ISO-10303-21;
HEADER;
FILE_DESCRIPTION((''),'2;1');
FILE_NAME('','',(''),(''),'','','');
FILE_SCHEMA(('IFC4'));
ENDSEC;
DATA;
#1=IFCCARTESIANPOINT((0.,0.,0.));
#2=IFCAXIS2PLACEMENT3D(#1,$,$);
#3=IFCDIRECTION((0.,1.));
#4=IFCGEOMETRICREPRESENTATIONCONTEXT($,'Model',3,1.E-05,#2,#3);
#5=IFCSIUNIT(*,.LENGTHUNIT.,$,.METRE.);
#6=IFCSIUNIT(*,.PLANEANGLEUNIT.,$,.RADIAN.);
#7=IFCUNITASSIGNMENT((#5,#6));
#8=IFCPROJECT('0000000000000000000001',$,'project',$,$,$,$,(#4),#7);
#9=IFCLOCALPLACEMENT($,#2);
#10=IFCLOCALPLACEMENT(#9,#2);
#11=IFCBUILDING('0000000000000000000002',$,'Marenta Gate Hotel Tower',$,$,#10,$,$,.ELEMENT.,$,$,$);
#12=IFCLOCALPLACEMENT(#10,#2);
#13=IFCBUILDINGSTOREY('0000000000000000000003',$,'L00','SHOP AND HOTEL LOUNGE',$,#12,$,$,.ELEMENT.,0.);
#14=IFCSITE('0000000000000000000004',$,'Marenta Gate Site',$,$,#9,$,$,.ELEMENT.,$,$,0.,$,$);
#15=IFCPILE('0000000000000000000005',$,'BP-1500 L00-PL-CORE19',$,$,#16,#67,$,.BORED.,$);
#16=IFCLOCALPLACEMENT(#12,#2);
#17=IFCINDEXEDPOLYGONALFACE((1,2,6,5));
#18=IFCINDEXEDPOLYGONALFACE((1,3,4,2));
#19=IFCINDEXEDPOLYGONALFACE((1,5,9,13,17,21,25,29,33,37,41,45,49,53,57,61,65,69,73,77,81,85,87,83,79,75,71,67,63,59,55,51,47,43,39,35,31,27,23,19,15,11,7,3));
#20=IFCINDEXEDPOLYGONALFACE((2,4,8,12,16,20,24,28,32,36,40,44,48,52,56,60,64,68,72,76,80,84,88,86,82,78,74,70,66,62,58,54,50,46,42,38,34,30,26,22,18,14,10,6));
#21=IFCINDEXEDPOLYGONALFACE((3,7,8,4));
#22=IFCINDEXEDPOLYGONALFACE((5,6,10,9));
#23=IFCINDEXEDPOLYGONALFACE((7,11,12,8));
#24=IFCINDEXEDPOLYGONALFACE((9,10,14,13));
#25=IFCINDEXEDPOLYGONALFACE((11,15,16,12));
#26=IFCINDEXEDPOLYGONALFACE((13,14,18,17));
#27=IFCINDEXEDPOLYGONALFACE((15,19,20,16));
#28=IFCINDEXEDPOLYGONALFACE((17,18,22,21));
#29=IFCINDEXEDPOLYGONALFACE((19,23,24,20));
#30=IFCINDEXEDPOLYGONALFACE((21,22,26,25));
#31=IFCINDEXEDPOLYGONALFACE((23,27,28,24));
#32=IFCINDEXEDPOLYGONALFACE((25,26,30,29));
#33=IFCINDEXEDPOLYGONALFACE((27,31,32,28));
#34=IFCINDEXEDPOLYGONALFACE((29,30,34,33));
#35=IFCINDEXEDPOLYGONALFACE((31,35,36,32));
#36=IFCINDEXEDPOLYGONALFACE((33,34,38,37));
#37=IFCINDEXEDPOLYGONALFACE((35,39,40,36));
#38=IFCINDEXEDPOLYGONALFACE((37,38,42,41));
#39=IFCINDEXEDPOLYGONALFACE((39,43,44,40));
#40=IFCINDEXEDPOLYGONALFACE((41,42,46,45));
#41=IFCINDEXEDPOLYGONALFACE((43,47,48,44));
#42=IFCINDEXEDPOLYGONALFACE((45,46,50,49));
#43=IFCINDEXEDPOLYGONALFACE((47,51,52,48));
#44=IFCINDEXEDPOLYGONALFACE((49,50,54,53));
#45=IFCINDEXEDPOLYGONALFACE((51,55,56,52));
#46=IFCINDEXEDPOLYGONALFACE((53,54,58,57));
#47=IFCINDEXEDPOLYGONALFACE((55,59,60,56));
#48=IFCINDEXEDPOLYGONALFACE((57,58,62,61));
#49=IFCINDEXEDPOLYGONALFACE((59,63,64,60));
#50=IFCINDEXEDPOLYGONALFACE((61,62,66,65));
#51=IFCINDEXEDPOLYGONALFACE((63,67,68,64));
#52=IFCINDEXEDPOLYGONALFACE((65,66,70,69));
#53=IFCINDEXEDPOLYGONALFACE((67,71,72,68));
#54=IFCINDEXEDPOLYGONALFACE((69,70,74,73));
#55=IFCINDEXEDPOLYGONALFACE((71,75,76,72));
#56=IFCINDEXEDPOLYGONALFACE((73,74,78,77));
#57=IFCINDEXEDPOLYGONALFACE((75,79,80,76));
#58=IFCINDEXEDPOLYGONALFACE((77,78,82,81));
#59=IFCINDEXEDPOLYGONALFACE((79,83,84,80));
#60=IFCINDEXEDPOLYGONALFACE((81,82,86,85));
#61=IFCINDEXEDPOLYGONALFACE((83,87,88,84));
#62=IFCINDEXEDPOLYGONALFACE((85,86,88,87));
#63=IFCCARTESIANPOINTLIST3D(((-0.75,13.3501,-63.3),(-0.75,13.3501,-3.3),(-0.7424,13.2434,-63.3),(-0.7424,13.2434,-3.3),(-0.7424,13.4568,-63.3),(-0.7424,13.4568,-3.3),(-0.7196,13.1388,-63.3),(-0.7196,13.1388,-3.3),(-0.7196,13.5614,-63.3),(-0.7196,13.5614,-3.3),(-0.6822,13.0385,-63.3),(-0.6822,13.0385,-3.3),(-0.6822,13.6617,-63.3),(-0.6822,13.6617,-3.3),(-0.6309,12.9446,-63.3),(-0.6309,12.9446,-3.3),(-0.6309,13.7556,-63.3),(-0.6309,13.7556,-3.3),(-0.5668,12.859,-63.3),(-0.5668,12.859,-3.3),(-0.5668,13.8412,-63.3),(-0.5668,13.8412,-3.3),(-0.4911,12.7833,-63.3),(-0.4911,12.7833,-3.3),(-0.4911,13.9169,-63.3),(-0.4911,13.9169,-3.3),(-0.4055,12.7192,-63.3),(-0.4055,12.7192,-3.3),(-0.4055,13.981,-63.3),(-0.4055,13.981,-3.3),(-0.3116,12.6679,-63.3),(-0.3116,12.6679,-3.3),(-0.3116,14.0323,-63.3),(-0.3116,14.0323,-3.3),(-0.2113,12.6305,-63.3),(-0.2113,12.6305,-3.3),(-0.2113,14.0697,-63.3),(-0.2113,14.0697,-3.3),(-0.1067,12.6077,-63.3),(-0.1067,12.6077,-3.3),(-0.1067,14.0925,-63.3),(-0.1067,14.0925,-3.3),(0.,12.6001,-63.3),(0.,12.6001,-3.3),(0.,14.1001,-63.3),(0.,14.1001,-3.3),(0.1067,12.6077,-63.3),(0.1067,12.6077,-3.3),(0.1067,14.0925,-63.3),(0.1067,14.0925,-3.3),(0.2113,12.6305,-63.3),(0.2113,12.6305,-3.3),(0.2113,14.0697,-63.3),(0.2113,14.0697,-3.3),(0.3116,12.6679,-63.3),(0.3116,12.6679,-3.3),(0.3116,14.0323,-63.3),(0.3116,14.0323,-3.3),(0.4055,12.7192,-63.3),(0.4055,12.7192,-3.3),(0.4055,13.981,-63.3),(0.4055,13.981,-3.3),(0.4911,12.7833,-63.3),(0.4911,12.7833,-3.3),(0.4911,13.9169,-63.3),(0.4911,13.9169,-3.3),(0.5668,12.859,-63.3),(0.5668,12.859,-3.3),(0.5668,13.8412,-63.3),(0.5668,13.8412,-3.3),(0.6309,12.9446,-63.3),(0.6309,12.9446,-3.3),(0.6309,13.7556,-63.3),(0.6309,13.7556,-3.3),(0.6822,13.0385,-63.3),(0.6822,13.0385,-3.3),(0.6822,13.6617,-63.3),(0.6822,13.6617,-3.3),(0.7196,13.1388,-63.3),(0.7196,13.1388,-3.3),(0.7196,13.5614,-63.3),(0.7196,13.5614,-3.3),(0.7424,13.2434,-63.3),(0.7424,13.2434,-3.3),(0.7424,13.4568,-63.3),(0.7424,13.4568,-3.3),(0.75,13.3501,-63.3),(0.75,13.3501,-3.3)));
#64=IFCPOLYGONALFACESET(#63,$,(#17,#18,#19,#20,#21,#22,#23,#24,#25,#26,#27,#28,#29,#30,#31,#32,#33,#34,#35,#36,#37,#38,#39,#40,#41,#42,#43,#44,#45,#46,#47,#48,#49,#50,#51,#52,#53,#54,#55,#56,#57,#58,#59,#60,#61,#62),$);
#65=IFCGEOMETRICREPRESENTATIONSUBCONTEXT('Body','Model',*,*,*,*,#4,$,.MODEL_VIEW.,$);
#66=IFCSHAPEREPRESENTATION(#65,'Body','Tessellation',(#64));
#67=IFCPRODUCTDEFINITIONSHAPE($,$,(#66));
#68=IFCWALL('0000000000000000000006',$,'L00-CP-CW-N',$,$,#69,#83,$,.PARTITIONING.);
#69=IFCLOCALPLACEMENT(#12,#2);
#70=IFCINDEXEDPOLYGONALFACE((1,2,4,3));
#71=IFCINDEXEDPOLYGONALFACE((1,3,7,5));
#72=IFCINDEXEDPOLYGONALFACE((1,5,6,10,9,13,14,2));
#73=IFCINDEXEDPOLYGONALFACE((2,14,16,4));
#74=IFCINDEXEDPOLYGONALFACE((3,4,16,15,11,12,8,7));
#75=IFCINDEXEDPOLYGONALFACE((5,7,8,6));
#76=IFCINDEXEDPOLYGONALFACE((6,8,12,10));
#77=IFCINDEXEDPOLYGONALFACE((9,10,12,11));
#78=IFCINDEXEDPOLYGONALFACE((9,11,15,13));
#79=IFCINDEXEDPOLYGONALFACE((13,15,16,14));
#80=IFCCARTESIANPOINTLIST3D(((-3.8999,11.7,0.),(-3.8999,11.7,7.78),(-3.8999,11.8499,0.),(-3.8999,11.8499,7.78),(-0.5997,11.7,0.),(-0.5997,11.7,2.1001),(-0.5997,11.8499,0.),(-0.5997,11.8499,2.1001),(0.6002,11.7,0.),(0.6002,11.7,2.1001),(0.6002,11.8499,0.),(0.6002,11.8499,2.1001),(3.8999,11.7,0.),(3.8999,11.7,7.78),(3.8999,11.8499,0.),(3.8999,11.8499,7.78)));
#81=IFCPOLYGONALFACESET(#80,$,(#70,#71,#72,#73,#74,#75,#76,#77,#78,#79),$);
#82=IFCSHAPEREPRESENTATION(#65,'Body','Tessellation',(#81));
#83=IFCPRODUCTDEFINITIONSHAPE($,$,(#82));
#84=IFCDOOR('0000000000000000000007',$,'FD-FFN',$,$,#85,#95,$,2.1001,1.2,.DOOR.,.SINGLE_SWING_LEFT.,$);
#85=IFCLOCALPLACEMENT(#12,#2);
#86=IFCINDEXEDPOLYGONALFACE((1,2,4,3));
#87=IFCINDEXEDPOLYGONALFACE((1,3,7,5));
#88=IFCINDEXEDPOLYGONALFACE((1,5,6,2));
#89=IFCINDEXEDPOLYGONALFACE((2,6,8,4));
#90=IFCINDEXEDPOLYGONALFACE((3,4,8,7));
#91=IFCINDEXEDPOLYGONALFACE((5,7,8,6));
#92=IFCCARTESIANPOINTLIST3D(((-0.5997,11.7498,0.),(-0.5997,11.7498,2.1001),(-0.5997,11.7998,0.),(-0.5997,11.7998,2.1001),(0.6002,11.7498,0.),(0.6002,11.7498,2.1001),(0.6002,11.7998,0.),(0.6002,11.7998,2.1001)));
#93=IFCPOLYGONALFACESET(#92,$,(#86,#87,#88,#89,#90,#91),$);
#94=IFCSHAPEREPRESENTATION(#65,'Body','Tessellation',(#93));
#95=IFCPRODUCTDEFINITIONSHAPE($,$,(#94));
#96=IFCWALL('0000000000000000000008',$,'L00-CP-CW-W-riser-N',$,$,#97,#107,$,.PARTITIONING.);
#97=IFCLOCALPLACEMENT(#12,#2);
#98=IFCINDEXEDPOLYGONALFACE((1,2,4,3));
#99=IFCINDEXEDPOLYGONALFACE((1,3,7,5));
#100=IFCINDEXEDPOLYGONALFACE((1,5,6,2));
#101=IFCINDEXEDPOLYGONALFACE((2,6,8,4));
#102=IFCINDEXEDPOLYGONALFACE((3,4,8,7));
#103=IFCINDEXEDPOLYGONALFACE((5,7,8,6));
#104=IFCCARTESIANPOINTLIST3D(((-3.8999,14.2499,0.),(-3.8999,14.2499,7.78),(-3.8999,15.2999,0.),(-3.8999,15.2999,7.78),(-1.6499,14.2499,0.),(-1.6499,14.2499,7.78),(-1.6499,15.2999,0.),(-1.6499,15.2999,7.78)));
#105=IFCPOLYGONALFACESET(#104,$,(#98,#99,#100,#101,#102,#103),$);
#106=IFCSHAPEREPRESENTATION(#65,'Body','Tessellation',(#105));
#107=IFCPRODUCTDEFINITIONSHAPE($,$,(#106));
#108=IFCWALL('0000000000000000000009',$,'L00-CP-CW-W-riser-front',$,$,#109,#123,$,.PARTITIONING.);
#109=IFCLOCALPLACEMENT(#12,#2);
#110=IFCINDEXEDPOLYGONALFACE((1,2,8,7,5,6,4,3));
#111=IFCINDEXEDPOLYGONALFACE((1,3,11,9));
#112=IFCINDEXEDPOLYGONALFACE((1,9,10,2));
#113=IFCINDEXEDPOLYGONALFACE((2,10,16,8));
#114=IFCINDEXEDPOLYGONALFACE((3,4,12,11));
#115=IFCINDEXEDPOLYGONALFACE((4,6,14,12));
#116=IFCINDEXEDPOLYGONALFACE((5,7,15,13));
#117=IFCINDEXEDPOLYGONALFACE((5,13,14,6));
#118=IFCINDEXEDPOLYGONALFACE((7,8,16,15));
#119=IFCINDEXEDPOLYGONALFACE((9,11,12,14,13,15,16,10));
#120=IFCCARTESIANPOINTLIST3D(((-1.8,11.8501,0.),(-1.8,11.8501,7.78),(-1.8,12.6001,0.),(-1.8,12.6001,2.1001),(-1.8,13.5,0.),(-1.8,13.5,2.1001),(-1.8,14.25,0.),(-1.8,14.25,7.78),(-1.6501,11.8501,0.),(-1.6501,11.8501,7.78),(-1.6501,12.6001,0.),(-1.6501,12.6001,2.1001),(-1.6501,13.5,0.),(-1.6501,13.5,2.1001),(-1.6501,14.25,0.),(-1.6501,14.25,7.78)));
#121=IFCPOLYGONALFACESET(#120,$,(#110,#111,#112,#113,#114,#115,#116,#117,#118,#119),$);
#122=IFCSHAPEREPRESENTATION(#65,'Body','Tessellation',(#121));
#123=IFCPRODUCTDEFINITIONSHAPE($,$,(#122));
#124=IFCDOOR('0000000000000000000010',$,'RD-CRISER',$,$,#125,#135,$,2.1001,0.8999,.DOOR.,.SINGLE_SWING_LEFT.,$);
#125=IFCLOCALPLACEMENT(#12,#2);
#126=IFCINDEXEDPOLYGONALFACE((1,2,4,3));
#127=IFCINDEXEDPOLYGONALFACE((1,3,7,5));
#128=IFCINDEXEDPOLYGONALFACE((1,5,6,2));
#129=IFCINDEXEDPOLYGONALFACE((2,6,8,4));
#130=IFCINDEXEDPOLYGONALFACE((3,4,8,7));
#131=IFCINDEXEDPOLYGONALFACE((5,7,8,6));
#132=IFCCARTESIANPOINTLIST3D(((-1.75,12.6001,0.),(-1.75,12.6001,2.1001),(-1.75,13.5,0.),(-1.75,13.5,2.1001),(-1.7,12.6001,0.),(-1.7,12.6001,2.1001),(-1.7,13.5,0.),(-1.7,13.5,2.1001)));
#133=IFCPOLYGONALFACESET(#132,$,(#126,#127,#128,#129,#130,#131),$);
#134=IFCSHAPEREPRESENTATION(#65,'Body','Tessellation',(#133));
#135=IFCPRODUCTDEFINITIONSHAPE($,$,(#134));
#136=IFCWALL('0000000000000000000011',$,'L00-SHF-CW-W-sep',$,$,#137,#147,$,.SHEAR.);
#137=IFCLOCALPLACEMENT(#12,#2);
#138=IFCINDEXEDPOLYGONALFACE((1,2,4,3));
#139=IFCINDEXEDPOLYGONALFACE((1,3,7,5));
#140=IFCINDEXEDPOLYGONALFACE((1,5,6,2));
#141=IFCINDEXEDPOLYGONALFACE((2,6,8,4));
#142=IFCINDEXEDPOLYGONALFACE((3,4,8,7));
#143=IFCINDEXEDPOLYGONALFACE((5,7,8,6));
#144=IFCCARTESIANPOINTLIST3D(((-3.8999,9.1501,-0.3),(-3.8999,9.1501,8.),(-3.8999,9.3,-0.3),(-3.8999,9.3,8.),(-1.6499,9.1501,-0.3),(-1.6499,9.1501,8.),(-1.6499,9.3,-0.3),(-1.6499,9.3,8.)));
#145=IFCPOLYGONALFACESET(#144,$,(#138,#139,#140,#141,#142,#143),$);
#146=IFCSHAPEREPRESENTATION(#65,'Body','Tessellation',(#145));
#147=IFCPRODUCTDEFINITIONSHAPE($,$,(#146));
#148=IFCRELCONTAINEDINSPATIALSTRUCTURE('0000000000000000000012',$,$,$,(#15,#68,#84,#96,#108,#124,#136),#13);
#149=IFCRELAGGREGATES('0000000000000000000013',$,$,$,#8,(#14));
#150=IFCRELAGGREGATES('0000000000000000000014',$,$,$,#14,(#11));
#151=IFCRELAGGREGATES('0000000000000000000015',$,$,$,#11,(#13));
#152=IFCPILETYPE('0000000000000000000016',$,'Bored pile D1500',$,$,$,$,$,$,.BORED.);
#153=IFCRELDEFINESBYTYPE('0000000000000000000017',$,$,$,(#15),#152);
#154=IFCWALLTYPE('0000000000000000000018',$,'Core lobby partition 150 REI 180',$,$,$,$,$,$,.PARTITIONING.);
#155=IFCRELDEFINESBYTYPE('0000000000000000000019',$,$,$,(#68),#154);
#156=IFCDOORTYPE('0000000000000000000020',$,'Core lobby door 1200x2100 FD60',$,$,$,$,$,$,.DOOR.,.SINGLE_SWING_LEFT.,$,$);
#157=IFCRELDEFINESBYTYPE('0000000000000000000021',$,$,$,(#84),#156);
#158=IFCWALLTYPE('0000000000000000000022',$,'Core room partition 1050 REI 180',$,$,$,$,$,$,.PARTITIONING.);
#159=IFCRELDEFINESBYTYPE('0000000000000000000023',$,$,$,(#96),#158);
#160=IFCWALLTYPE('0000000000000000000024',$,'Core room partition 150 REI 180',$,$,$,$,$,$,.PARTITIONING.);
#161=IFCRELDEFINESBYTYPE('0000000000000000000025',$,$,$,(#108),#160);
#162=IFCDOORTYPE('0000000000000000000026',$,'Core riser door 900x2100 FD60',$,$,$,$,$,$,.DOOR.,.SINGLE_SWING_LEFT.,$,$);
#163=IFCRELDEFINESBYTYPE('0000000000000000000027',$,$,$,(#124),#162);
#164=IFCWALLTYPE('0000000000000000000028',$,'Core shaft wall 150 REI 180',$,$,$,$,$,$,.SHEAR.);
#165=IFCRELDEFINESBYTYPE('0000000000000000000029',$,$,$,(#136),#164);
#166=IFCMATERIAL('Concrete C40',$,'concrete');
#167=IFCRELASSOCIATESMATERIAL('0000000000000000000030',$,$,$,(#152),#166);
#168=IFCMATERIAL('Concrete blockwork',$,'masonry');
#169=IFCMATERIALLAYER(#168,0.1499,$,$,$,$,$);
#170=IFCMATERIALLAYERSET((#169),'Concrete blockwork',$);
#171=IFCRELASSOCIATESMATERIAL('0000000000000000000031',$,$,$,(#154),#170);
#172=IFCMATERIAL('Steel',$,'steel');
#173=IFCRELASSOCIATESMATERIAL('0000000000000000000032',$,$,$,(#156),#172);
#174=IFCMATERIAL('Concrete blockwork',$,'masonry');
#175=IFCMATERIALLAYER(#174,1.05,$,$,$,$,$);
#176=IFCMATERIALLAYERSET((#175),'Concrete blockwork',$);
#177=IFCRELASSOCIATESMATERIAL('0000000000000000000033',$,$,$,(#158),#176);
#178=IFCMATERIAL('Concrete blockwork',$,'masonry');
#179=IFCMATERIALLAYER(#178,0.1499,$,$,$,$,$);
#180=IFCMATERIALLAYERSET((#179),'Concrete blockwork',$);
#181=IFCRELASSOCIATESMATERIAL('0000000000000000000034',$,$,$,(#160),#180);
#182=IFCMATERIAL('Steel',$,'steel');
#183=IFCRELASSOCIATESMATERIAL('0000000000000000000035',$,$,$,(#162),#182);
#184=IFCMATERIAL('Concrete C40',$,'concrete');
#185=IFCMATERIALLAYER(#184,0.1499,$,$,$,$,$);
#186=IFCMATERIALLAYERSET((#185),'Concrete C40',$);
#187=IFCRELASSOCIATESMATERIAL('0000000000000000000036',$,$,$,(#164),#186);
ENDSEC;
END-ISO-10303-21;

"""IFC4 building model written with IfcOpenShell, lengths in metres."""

from ifc_helpers import new_model, si_unit, direction, frame, frame_2d, origin, origin_2d, place, context, subcontext, project, spatial, rectangle, circle, extrude, material, layer, layer_set, type_object, element, fill, save


model = new_model("IFC4")

# Units and contexts
model_context = context("Model", 3, precision=1e-05, world=origin(), true_north=direction((0.0, 1.0)))
body_context = subcontext(model_context, "Body", "Model", "MODEL_VIEW")
ifc_project = project(units=[si_unit("LENGTHUNIT", "METRE"), si_unit("PLANEANGLEUNIT", "RADIAN")], contexts=[model_context])

# Site, building, storey
site_placement = place(None, origin())
site = spatial("IfcSite", under=ifc_project, at=site_placement, Name="Marenta Gate Site", CompositionType="ELEMENT", RefElevation=0.0)
building_placement = place(site_placement, origin())
building = spatial("IfcBuilding", under=site, at=building_placement, Name="Marenta Gate Hotel Tower", CompositionType="ELEMENT")
storey_placement = place(building_placement, origin())
storey = spatial("IfcBuildingStorey", under=building, at=storey_placement, Name="L00", Description="SHOP AND HOTEL LOUNGE", CompositionType="ELEMENT", Elevation=0.0)

# Pile
ifc_material_1 = material(Name="Concrete C40", Category="concrete")
pile_type = type_object("IfcPileType", Name="Bored pile D1500", PredefinedType="BORED", material=ifc_material_1)
for number, where, z_axis, x_axis, name in (
    (1, (0.0, 13.3501, -3.3), (0.0, 0.0, -1.0), (1.0, 0.0, 0.0), "BP-1500 L00-PL-CORE19"),
):
    element("IfcPile", number, at=place(storey_placement, frame(where, z_axis=z_axis, x_axis=x_axis)), inside=storey, type_object=pile_type, Name=name, PredefinedType="BORED", context=body_context, shape_type="SweptSolid", body=[
        extrude(circle(Radius=0.75, at=origin_2d()), origin(), (0.0, 0.0, 1.0), 60.0),
    ])

# Wall, opening, door
ifc_material_2 = material(Name="Concrete blockwork", Category="masonry")
ifc_layer_1 = layer(ifc_material_2, 0.1499)
ifc_layer_set_1 = layer_set([ifc_layer_1], Name="Concrete blockwork")
wall_type_1 = type_object("IfcWallType", Name="Core lobby partition 150 REI 180", PredefinedType="PARTITIONING", material=ifc_layer_set_1)
wall_1_placement = place(storey_placement, frame((-3.8999, 11.7749, 0.0), z_axis=(0.0, 0.0, 1.0), x_axis=(1.0, 0.0, 0.0)))
wall_1 = element("IfcWall", 2, at=wall_1_placement, inside=storey, type_object=wall_type_1, Name="L00-CP-CW-N", PredefinedType="PARTITIONING", context=body_context, shape_type="SweptSolid", body=[
    extrude(rectangle(XDim=7.7998, YDim=0.1499, at=frame_2d((3.8999, 0.0))), origin(), (0.0, 0.0, 1.0), 7.78),
])
opening_1_placement = place(wall_1_placement, frame((3.3, 0.0, 0.0)))
opening_1 = element("IfcOpeningElement", 3, at=opening_1_placement, cuts=wall_1, PredefinedType="OPENING", context=body_context, shape_type="SweptSolid", body=[
    extrude(rectangle(XDim=1.2, YDim=2.1001, at=frame_2d((0.6001, 1.05))), frame((0.0, 0.075, 0.0), z_axis=(0.0, -1.0, 0.0), x_axis=(1.0, 0.0, 0.0)), (0.0, 0.0, 1.0), 0.1499),
])
ifc_material_3 = material(Name="Steel", Category="steel")
door_type_1 = type_object("IfcDoorType", Name="Core lobby door 1200x2100 FD60", OperationType="SINGLE_SWING_LEFT", PredefinedType="DOOR", material=ifc_material_3)
door_1_placement = place(opening_1_placement, origin())
door_1 = element("IfcDoor", 4, at=door_1_placement, inside=storey, type_object=door_type_1, Name="FD-FFN", OperationType="SINGLE_SWING_LEFT", OverallHeight=2.1001, OverallWidth=1.2, PredefinedType="DOOR", context=body_context, shape_type="SweptSolid", body=[
    extrude(rectangle(XDim=1.2, YDim=2.1001, at=frame_2d((0.6001, 1.05))), frame((0.0, 0.0249, 0.0), z_axis=(0.0, -1.0, 0.0), x_axis=(1.0, 0.0, 0.0)), (0.0, 0.0, 1.0), 0.05),
])
fill(opening_1, door_1)

# Wall
ifc_material_4 = material(Name="Concrete blockwork", Category="masonry")
ifc_layer_2 = layer(ifc_material_4, 1.05)
ifc_layer_set_2 = layer_set([ifc_layer_2], Name="Concrete blockwork")
wall_type_2 = type_object("IfcWallType", Name="Core room partition 1050 REI 180", PredefinedType="PARTITIONING", material=ifc_layer_set_2)
wall_2_placement = place(storey_placement, frame((-3.8999, 14.7749, 0.0), z_axis=(0.0, 0.0, 1.0), x_axis=(1.0, 0.0, 0.0)))
element("IfcWall", 5, at=wall_2_placement, inside=storey, type_object=wall_type_2, Name="L00-CP-CW-W-riser-N", PredefinedType="PARTITIONING", context=body_context, shape_type="SweptSolid", body=[
    extrude(rectangle(XDim=2.25, YDim=1.05, at=frame_2d((1.125, 0.0))), origin(), (0.0, 0.0, 1.0), 7.78),
])

# Wall, opening, door
ifc_material_5 = material(Name="Concrete blockwork", Category="masonry")
ifc_layer_3 = layer(ifc_material_5, 0.1499)
ifc_layer_set_3 = layer_set([ifc_layer_3], Name="Concrete blockwork")
wall_type_3 = type_object("IfcWallType", Name="Core room partition 150 REI 180", PredefinedType="PARTITIONING", material=ifc_layer_set_3)
wall_3_placement = place(storey_placement, frame((-1.7251, 11.8501, 0.0), z_axis=(0.0, 0.0, 1.0), x_axis=(0.0, 1.0, 0.0)))
wall_3 = element("IfcWall", 6, at=wall_3_placement, inside=storey, type_object=wall_type_3, Name="L00-CP-CW-W-riser-front", PredefinedType="PARTITIONING", context=body_context, shape_type="SweptSolid", body=[
    extrude(rectangle(XDim=2.3999, YDim=0.1499, at=frame_2d((1.2, 0.0))), origin(), (0.0, 0.0, 1.0), 7.78),
])
opening_2_placement = place(wall_3_placement, frame((0.75, 0.0, 0.0)))
opening_2 = element("IfcOpeningElement", 7, at=opening_2_placement, cuts=wall_3, PredefinedType="OPENING", context=body_context, shape_type="SweptSolid", body=[
    extrude(rectangle(XDim=0.8999, YDim=2.1001, at=frame_2d((0.45, 1.05))), frame((0.0, 0.075, 0.0), z_axis=(0.0, -1.0, 0.0), x_axis=(1.0, 0.0, 0.0)), (0.0, 0.0, 1.0), 0.1499),
])
ifc_material_6 = material(Name="Steel", Category="steel")
door_type_2 = type_object("IfcDoorType", Name="Core riser door 900x2100 FD60", OperationType="SINGLE_SWING_LEFT", PredefinedType="DOOR", material=ifc_material_6)
door_2_placement = place(opening_2_placement, origin())
door_2 = element("IfcDoor", 8, at=door_2_placement, inside=storey, type_object=door_type_2, Name="RD-CRISER", OperationType="SINGLE_SWING_LEFT", OverallHeight=2.1001, OverallWidth=0.8999, PredefinedType="DOOR", context=body_context, shape_type="SweptSolid", body=[
    extrude(rectangle(XDim=0.8999, YDim=2.1001, at=frame_2d((0.45, 1.05))), frame((0.0, 0.0249, 0.0), z_axis=(0.0, -1.0, 0.0), x_axis=(1.0, 0.0, 0.0)), (0.0, 0.0, 1.0), 0.05),
])
fill(opening_2, door_2)

# Wall
ifc_material_7 = material(Name="Concrete C40", Category="concrete")
ifc_layer_4 = layer(ifc_material_7, 0.1499)
ifc_layer_set_4 = layer_set([ifc_layer_4], Name="Concrete C40")
wall_type_4 = type_object("IfcWallType", Name="Core shaft wall 150 REI 180", PredefinedType="SHEAR", material=ifc_layer_set_4)
wall_4_placement = place(storey_placement, frame((-3.8999, 9.2251, -0.3), z_axis=(0.0, 0.0, 1.0), x_axis=(1.0, 0.0, 0.0)))
element("IfcWall", 9, at=wall_4_placement, inside=storey, type_object=wall_type_4, Name="L00-SHF-CW-W-sep", PredefinedType="SHEAR", context=body_context, shape_type="SweptSolid", body=[
    extrude(rectangle(XDim=2.25, YDim=0.1499, at=frame_2d((1.125, 0.0))), origin(), (0.0, 0.0, 1.0), 8.3),
])

save(model, "model.ifc")
